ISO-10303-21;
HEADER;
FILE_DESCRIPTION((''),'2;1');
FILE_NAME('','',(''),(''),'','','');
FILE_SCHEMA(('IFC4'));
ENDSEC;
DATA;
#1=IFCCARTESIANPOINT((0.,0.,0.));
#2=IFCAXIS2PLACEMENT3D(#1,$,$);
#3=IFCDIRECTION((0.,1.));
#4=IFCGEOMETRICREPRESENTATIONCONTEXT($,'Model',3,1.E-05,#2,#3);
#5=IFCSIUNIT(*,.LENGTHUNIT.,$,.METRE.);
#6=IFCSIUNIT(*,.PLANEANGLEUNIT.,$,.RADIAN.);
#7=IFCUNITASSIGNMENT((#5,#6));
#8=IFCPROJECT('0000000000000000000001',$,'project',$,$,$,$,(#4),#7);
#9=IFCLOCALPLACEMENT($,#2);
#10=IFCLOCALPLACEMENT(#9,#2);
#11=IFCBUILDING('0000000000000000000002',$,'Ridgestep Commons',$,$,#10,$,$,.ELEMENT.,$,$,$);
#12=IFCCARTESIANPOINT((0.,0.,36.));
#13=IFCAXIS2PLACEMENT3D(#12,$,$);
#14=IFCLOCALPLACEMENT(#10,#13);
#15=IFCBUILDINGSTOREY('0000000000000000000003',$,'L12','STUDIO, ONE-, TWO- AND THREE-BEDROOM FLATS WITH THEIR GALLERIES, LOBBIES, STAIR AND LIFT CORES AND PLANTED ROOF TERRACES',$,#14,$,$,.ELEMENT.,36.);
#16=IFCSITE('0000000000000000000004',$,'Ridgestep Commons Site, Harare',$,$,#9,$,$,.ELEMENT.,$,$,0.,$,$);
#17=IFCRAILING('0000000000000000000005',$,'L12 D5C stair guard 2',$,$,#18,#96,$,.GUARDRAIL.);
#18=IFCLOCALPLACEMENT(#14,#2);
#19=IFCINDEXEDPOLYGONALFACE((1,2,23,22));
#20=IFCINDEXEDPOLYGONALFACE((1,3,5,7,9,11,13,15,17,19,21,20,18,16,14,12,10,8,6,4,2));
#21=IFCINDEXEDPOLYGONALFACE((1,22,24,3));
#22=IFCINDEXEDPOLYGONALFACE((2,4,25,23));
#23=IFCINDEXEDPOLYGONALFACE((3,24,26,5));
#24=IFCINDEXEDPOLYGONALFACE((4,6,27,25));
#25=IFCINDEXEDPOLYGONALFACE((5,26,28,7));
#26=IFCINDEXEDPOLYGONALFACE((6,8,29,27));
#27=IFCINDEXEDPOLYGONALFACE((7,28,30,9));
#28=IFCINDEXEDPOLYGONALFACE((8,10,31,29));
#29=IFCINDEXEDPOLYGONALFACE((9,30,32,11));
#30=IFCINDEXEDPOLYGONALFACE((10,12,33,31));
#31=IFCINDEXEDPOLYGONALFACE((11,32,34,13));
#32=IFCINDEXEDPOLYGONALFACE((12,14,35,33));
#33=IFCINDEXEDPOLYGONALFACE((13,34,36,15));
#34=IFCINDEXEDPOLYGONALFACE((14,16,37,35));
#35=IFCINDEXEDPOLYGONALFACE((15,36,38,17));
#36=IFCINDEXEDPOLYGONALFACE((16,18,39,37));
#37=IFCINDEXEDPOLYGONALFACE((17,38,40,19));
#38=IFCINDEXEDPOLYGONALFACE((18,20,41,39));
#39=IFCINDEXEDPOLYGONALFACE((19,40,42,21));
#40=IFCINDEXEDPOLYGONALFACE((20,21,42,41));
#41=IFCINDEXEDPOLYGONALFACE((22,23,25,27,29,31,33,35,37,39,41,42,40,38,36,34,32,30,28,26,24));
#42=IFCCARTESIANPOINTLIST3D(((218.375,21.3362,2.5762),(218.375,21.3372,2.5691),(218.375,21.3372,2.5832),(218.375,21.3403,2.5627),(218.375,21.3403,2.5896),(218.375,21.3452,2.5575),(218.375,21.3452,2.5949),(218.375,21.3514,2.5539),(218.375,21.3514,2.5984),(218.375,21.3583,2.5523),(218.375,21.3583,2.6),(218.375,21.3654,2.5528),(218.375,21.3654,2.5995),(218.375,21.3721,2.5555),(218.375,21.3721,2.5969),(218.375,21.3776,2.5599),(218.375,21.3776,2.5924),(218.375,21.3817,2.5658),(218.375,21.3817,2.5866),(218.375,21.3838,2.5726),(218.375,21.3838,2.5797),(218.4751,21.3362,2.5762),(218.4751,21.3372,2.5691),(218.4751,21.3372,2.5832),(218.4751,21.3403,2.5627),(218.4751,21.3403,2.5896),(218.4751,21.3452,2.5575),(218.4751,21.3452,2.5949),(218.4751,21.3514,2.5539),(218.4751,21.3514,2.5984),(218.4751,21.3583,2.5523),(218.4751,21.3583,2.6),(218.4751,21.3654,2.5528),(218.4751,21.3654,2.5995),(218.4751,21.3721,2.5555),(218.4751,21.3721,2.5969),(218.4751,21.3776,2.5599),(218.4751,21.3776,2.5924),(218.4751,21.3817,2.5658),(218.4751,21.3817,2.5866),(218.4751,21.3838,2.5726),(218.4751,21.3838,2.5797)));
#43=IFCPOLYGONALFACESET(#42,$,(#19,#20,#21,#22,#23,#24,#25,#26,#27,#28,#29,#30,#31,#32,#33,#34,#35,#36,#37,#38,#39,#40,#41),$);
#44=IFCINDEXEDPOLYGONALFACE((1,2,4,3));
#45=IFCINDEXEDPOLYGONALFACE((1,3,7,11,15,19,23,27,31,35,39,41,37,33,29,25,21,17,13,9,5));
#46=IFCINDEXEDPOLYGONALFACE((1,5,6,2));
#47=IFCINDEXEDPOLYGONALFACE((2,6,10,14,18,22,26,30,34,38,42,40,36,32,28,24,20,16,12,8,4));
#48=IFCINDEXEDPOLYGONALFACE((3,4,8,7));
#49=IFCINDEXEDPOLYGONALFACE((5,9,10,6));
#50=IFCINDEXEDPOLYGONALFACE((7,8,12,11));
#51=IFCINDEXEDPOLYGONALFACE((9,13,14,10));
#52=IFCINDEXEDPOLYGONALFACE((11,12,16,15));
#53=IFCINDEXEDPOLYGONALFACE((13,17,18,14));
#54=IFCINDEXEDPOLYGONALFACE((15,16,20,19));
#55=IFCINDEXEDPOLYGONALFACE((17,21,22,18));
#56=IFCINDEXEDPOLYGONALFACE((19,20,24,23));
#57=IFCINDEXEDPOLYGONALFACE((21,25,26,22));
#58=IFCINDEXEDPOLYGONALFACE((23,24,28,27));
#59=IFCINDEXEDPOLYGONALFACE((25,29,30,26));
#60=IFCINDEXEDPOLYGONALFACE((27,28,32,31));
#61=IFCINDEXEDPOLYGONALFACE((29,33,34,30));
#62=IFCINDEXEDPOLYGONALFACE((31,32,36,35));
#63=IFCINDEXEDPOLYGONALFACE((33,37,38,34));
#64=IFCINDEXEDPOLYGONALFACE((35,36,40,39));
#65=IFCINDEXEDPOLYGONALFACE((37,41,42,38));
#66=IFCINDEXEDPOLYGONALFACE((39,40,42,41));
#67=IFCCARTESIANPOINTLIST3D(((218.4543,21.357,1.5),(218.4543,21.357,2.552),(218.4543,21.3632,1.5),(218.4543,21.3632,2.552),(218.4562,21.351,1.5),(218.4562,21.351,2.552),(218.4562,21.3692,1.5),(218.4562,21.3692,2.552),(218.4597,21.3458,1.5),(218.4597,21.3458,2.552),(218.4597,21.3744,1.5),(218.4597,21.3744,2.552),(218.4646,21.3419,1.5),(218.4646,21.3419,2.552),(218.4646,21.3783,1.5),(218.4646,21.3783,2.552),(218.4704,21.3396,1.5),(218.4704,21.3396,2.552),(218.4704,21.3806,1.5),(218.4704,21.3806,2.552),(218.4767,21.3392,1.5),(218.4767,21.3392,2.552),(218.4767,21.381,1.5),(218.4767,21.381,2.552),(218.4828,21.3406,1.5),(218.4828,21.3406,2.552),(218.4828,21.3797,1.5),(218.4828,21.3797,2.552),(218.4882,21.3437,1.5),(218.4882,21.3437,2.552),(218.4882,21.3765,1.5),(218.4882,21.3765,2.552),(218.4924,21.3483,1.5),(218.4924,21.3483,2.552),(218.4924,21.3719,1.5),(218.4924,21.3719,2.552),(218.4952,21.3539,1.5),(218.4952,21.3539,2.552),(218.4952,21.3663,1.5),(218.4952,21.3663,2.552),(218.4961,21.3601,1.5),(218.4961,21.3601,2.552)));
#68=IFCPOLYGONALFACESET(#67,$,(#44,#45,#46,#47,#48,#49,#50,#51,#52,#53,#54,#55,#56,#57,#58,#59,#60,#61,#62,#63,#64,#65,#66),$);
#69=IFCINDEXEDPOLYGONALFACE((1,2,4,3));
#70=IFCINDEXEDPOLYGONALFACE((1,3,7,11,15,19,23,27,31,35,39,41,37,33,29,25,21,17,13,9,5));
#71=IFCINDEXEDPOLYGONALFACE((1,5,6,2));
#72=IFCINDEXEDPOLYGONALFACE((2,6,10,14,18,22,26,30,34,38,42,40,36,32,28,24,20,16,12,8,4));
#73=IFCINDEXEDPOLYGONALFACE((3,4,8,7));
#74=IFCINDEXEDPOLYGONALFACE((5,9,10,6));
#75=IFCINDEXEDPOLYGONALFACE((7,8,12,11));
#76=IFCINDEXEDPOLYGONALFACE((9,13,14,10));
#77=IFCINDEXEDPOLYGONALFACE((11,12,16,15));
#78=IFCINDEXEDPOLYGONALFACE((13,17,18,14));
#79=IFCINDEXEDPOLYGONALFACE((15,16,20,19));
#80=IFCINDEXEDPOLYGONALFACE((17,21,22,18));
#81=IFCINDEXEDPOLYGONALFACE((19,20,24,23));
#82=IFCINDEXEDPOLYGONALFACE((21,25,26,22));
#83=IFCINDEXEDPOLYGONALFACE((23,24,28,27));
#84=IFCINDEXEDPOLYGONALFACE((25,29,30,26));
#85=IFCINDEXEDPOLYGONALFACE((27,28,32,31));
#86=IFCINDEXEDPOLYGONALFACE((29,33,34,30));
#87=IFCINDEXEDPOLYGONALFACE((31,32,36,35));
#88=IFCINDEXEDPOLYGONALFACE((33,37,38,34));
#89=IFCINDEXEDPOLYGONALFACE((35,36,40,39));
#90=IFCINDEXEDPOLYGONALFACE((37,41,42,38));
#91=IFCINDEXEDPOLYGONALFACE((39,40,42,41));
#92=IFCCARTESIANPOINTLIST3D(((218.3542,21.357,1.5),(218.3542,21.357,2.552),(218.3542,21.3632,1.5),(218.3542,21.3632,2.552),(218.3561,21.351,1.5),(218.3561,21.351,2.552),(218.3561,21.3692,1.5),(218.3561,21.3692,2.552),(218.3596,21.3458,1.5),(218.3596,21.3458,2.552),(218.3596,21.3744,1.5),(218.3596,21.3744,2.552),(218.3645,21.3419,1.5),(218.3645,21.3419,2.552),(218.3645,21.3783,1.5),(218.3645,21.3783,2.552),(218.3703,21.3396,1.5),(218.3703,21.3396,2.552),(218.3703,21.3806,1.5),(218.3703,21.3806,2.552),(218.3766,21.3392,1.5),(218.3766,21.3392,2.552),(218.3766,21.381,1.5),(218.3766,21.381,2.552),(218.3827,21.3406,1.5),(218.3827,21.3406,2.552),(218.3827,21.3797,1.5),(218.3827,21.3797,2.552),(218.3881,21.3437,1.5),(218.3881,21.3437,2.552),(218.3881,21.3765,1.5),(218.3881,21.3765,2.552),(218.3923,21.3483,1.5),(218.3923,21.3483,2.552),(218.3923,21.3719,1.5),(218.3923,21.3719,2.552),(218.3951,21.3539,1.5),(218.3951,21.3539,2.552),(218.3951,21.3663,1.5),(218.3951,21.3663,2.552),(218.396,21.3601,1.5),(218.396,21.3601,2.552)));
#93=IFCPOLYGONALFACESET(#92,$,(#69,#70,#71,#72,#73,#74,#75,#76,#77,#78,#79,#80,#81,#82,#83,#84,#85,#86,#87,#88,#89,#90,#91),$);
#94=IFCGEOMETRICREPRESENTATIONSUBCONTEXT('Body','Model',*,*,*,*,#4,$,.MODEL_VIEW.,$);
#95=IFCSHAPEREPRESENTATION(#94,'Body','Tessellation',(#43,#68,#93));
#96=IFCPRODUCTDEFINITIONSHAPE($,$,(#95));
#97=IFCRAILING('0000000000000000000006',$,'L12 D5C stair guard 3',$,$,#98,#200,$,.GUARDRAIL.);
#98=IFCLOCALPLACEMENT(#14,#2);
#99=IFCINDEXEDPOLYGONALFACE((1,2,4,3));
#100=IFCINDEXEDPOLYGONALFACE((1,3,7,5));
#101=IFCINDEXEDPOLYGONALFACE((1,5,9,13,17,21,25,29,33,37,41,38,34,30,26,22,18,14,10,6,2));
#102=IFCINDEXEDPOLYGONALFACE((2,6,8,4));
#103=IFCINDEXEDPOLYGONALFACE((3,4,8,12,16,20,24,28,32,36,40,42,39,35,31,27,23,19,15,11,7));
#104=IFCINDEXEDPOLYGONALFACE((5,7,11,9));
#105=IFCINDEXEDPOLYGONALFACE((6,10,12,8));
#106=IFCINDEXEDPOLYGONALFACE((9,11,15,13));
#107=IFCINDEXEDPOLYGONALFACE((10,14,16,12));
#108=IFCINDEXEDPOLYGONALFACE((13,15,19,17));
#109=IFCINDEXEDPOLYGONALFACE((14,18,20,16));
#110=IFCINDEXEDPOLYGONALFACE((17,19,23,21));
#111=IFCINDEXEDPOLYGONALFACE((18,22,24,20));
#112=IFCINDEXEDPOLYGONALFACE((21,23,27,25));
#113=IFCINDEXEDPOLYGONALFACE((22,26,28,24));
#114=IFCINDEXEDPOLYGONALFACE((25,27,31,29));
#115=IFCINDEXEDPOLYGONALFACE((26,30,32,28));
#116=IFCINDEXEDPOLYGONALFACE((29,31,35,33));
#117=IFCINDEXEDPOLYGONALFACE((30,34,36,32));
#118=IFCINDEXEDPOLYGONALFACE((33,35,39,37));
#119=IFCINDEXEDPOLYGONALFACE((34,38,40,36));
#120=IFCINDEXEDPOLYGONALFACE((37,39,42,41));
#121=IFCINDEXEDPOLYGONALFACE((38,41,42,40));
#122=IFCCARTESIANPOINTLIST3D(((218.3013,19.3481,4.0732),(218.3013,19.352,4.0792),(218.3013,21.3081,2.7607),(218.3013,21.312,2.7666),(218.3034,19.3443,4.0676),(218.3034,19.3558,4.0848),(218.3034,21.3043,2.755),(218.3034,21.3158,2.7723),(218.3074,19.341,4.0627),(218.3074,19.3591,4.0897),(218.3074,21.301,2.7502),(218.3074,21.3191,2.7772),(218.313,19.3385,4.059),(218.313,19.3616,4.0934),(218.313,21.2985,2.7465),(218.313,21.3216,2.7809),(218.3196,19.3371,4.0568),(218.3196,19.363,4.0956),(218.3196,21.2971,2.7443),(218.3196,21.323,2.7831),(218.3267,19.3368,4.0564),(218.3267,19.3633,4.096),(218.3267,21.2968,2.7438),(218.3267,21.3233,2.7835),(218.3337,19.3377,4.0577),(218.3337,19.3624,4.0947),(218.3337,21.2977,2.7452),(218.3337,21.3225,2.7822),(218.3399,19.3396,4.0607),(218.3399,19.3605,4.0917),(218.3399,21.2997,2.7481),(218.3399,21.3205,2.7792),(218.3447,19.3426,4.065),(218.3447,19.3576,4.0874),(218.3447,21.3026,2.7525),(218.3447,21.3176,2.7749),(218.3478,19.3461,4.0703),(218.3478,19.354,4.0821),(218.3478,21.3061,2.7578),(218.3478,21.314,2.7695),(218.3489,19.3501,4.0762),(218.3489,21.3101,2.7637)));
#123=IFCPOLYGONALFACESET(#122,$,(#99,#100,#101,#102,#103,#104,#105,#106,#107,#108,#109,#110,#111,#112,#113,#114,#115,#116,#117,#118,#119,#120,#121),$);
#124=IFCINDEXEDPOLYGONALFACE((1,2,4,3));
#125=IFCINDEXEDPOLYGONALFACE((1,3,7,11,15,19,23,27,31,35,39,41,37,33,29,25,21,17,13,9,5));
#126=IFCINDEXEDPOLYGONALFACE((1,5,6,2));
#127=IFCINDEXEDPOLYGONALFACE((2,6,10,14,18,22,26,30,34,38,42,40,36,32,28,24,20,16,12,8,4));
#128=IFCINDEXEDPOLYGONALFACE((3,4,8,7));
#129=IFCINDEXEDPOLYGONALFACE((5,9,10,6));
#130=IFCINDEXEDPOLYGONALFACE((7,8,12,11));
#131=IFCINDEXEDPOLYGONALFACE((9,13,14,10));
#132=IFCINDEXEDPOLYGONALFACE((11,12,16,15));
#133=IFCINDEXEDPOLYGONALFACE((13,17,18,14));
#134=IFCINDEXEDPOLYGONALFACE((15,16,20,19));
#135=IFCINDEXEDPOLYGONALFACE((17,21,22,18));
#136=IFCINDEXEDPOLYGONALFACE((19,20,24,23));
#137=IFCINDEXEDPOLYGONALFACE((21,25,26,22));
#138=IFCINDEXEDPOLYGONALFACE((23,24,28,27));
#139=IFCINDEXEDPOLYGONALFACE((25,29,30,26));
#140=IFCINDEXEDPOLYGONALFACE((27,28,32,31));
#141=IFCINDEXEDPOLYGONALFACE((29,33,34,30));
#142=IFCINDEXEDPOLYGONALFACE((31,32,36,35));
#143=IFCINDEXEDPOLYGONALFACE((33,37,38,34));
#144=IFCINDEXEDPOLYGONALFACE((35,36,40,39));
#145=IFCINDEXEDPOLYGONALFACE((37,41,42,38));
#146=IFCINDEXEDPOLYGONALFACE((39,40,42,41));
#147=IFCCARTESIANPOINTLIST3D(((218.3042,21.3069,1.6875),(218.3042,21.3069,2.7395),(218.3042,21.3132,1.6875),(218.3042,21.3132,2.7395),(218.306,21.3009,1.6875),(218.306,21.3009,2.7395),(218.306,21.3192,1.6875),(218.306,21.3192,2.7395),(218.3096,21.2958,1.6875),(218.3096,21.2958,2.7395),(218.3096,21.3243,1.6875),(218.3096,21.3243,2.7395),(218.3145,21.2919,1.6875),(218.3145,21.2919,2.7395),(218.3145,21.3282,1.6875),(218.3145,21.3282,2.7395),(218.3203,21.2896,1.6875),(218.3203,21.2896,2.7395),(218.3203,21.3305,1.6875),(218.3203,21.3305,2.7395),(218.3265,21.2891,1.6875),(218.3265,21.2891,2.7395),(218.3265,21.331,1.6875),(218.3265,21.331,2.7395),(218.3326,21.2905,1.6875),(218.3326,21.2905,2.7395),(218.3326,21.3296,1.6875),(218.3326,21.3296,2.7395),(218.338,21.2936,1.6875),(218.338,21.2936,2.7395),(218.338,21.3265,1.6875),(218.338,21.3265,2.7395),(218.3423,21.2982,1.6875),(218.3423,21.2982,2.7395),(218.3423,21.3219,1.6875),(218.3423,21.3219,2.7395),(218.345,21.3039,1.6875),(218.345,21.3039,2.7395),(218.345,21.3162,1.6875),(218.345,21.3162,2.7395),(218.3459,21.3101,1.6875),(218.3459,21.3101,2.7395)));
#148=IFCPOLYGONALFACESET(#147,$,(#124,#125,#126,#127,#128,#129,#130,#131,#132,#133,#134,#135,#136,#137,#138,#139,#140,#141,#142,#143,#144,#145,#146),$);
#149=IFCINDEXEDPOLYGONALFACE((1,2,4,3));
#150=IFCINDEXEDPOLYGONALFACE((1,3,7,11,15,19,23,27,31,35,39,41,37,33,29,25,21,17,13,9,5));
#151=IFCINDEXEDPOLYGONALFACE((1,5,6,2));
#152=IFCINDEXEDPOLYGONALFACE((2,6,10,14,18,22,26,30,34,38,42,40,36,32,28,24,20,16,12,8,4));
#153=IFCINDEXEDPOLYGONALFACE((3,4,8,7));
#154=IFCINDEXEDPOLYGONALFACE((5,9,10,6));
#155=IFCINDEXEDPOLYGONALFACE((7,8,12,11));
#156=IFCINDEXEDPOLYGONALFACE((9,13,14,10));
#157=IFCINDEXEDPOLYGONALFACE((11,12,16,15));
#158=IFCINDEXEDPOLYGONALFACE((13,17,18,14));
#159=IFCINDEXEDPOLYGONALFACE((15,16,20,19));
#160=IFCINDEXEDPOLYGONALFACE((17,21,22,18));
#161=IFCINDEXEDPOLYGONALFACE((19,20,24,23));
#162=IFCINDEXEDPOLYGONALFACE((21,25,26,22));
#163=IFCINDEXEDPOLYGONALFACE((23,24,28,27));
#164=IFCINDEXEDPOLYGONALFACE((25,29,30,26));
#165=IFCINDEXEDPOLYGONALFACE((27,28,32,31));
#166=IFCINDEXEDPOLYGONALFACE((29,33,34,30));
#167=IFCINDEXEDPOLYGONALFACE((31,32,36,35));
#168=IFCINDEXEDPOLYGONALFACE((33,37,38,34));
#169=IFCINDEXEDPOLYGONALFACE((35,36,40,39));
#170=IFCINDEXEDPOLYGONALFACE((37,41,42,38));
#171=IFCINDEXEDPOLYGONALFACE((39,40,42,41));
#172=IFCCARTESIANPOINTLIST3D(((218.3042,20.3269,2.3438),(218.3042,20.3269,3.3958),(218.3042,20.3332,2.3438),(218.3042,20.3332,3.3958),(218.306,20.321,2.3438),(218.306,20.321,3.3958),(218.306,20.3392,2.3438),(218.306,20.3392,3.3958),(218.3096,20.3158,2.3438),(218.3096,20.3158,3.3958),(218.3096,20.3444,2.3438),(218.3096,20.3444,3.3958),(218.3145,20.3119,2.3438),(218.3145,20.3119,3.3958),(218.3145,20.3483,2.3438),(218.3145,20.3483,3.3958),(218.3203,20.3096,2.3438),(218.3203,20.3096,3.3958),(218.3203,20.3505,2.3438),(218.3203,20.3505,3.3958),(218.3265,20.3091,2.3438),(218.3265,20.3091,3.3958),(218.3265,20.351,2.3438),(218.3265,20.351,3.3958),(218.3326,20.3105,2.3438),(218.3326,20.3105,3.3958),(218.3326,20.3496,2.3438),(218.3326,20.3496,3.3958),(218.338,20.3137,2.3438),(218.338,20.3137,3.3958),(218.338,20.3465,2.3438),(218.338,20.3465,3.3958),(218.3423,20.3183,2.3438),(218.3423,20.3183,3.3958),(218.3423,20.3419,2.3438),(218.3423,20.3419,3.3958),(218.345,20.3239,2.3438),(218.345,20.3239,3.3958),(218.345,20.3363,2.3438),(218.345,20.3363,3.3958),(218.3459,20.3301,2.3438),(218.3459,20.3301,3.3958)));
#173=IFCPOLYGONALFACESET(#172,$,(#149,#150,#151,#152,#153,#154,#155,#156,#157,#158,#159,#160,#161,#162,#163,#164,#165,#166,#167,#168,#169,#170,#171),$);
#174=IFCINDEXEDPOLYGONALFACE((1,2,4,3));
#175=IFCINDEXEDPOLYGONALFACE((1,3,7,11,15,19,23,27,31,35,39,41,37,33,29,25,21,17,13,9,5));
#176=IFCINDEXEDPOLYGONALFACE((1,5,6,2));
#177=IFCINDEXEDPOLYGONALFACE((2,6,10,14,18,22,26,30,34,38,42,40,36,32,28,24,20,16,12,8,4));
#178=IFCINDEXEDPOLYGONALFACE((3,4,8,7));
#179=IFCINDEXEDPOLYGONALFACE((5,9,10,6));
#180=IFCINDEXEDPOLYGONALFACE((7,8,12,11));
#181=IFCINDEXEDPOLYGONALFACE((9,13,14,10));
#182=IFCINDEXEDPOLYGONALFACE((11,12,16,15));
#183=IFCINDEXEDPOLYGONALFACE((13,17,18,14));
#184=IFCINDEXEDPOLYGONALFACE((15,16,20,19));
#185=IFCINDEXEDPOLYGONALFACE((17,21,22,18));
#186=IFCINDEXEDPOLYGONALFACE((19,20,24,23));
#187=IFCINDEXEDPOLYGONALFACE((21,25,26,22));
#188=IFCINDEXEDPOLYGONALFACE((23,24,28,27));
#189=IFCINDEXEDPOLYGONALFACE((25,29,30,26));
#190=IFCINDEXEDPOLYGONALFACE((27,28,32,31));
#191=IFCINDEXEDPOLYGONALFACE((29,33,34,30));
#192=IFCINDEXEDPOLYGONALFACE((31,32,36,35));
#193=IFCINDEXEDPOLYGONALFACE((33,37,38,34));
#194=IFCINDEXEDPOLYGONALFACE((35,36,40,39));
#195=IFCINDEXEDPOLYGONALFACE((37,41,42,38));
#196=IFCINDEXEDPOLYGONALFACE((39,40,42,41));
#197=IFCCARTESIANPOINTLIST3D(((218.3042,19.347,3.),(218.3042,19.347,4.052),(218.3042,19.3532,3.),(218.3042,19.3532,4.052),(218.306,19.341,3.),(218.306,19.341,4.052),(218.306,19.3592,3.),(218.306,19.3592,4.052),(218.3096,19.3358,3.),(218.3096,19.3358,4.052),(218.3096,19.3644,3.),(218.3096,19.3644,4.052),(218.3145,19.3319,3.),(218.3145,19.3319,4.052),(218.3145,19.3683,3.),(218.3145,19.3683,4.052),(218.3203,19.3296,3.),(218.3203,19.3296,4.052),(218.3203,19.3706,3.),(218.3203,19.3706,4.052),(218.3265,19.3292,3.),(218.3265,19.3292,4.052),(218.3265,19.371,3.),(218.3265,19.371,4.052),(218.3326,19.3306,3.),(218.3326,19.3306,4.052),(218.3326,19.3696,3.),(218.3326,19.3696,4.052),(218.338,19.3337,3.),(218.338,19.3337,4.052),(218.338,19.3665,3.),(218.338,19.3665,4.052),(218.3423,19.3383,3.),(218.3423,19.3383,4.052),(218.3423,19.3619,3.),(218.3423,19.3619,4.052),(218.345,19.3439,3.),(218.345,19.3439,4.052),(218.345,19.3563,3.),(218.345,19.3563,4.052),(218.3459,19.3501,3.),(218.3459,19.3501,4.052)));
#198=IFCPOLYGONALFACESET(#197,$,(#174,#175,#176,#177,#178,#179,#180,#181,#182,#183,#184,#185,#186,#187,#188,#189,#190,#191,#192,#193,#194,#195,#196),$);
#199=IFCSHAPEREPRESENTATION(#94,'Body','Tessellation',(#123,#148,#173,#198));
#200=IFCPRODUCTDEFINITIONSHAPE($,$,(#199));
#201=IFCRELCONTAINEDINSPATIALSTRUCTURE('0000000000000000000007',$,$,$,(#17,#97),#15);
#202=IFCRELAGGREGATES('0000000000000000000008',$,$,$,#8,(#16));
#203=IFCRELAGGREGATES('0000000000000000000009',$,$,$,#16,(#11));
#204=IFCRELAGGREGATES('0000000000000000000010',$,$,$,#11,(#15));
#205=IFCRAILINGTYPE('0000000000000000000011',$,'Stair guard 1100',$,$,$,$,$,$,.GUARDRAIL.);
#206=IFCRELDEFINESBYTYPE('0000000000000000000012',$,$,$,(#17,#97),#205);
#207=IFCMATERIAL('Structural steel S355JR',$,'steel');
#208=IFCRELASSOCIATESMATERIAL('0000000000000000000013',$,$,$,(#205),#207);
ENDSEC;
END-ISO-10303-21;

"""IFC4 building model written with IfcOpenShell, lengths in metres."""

from ifc_helpers import new_model, si_unit, direction, frame, origin, origin_2d, place, context, subcontext, project, spatial, circle, extrude, material, type_object, element, save


model = new_model("IFC4")

# Units and contexts
model_context = context("Model", 3, precision=1e-05, world=origin(), true_north=direction((0.0, 1.0)))
body_context = subcontext(model_context, "Body", "Model", "MODEL_VIEW")
ifc_project = project(units=[si_unit("LENGTHUNIT", "METRE"), si_unit("PLANEANGLEUNIT", "RADIAN")], contexts=[model_context])

# Site, building, storey
site_placement = place(None, origin())
site = spatial("IfcSite", under=ifc_project, at=site_placement, Name="Ridgestep Commons Site, Harare", CompositionType="ELEMENT", RefElevation=0.0)
building_placement = place(site_placement, origin())
building = spatial("IfcBuilding", under=site, at=building_placement, Name="Ridgestep Commons", CompositionType="ELEMENT")
storey_placement = place(building_placement, frame((0.0, 0.0, 36.0)))
storey = spatial("IfcBuildingStorey", under=building, at=storey_placement, Name="L12", Description="STUDIO, ONE-, TWO- AND THREE-BEDROOM FLATS WITH THEIR GALLERIES, LOBBIES, STAIR AND LIFT CORES AND PLANTED ROOF TERRACES", CompositionType="ELEMENT", Elevation=36.0)

# Railings
ifc_material_1 = material(Name="Structural steel S355JR", Category="steel")
railing_type_1 = type_object("IfcRailingType", Name="Stair guard 1100", PredefinedType="GUARDRAIL", material=ifc_material_1)
railing_1_placement = place(storey_placement, frame((218.4751, 21.3601, 1.5)))
element("IfcRailing", 1, at=railing_1_placement, inside=storey, type_object=railing_type_1, Name="L12 D5C stair guard 2", PredefinedType="GUARDRAIL", context=body_context, shape_type="SweptSolid", body=[
    extrude(circle(Radius=0.0239, at=origin_2d()), frame((0.0, 0.0, 1.0762), z_axis=(-1.0, 0.0, 0.0), x_axis=(0.0, -1.0, 0.0)), (0.0, 0.0, 1.0), 0.1001),
    extrude(circle(Radius=0.021, at=origin_2d()), origin(), (0.0, 0.0, 1.0), 1.052),
    extrude(circle(Radius=0.021, at=origin_2d()), frame((-0.1001, 0.0, 0.0)), (0.0, 0.0, 1.0), 1.052),
])
railing_2_placement = place(storey_placement, frame((218.325, 21.3101, 1.6875)))
element("IfcRailing", 2, at=railing_2_placement, inside=storey, type_object=railing_type_1, Name="L12 D5C stair guard 3", PredefinedType="GUARDRAIL", context=body_context, shape_type="SweptSolid", body=[
    extrude(circle(Radius=0.0239, at=origin_2d()), frame((0.0, 0.0, 1.0762), z_axis=(0.0, -0.830902, 0.556419), x_axis=(1.0, 0.0, 0.0)), (0.0, 0.0, 1.0), 2.3589),
    extrude(circle(Radius=0.021, at=origin_2d()), origin(), (0.0, 0.0, 1.0), 1.052),
    extrude(circle(Radius=0.021, at=origin_2d()), frame((0.0, -0.98, 0.6562)), (0.0, 0.0, 1.0), 1.052),
    extrude(circle(Radius=0.021, at=origin_2d()), frame((0.0, -1.96, 1.3125)), (0.0, 0.0, 1.0), 1.052),
])

save(model, "model.ifc")
